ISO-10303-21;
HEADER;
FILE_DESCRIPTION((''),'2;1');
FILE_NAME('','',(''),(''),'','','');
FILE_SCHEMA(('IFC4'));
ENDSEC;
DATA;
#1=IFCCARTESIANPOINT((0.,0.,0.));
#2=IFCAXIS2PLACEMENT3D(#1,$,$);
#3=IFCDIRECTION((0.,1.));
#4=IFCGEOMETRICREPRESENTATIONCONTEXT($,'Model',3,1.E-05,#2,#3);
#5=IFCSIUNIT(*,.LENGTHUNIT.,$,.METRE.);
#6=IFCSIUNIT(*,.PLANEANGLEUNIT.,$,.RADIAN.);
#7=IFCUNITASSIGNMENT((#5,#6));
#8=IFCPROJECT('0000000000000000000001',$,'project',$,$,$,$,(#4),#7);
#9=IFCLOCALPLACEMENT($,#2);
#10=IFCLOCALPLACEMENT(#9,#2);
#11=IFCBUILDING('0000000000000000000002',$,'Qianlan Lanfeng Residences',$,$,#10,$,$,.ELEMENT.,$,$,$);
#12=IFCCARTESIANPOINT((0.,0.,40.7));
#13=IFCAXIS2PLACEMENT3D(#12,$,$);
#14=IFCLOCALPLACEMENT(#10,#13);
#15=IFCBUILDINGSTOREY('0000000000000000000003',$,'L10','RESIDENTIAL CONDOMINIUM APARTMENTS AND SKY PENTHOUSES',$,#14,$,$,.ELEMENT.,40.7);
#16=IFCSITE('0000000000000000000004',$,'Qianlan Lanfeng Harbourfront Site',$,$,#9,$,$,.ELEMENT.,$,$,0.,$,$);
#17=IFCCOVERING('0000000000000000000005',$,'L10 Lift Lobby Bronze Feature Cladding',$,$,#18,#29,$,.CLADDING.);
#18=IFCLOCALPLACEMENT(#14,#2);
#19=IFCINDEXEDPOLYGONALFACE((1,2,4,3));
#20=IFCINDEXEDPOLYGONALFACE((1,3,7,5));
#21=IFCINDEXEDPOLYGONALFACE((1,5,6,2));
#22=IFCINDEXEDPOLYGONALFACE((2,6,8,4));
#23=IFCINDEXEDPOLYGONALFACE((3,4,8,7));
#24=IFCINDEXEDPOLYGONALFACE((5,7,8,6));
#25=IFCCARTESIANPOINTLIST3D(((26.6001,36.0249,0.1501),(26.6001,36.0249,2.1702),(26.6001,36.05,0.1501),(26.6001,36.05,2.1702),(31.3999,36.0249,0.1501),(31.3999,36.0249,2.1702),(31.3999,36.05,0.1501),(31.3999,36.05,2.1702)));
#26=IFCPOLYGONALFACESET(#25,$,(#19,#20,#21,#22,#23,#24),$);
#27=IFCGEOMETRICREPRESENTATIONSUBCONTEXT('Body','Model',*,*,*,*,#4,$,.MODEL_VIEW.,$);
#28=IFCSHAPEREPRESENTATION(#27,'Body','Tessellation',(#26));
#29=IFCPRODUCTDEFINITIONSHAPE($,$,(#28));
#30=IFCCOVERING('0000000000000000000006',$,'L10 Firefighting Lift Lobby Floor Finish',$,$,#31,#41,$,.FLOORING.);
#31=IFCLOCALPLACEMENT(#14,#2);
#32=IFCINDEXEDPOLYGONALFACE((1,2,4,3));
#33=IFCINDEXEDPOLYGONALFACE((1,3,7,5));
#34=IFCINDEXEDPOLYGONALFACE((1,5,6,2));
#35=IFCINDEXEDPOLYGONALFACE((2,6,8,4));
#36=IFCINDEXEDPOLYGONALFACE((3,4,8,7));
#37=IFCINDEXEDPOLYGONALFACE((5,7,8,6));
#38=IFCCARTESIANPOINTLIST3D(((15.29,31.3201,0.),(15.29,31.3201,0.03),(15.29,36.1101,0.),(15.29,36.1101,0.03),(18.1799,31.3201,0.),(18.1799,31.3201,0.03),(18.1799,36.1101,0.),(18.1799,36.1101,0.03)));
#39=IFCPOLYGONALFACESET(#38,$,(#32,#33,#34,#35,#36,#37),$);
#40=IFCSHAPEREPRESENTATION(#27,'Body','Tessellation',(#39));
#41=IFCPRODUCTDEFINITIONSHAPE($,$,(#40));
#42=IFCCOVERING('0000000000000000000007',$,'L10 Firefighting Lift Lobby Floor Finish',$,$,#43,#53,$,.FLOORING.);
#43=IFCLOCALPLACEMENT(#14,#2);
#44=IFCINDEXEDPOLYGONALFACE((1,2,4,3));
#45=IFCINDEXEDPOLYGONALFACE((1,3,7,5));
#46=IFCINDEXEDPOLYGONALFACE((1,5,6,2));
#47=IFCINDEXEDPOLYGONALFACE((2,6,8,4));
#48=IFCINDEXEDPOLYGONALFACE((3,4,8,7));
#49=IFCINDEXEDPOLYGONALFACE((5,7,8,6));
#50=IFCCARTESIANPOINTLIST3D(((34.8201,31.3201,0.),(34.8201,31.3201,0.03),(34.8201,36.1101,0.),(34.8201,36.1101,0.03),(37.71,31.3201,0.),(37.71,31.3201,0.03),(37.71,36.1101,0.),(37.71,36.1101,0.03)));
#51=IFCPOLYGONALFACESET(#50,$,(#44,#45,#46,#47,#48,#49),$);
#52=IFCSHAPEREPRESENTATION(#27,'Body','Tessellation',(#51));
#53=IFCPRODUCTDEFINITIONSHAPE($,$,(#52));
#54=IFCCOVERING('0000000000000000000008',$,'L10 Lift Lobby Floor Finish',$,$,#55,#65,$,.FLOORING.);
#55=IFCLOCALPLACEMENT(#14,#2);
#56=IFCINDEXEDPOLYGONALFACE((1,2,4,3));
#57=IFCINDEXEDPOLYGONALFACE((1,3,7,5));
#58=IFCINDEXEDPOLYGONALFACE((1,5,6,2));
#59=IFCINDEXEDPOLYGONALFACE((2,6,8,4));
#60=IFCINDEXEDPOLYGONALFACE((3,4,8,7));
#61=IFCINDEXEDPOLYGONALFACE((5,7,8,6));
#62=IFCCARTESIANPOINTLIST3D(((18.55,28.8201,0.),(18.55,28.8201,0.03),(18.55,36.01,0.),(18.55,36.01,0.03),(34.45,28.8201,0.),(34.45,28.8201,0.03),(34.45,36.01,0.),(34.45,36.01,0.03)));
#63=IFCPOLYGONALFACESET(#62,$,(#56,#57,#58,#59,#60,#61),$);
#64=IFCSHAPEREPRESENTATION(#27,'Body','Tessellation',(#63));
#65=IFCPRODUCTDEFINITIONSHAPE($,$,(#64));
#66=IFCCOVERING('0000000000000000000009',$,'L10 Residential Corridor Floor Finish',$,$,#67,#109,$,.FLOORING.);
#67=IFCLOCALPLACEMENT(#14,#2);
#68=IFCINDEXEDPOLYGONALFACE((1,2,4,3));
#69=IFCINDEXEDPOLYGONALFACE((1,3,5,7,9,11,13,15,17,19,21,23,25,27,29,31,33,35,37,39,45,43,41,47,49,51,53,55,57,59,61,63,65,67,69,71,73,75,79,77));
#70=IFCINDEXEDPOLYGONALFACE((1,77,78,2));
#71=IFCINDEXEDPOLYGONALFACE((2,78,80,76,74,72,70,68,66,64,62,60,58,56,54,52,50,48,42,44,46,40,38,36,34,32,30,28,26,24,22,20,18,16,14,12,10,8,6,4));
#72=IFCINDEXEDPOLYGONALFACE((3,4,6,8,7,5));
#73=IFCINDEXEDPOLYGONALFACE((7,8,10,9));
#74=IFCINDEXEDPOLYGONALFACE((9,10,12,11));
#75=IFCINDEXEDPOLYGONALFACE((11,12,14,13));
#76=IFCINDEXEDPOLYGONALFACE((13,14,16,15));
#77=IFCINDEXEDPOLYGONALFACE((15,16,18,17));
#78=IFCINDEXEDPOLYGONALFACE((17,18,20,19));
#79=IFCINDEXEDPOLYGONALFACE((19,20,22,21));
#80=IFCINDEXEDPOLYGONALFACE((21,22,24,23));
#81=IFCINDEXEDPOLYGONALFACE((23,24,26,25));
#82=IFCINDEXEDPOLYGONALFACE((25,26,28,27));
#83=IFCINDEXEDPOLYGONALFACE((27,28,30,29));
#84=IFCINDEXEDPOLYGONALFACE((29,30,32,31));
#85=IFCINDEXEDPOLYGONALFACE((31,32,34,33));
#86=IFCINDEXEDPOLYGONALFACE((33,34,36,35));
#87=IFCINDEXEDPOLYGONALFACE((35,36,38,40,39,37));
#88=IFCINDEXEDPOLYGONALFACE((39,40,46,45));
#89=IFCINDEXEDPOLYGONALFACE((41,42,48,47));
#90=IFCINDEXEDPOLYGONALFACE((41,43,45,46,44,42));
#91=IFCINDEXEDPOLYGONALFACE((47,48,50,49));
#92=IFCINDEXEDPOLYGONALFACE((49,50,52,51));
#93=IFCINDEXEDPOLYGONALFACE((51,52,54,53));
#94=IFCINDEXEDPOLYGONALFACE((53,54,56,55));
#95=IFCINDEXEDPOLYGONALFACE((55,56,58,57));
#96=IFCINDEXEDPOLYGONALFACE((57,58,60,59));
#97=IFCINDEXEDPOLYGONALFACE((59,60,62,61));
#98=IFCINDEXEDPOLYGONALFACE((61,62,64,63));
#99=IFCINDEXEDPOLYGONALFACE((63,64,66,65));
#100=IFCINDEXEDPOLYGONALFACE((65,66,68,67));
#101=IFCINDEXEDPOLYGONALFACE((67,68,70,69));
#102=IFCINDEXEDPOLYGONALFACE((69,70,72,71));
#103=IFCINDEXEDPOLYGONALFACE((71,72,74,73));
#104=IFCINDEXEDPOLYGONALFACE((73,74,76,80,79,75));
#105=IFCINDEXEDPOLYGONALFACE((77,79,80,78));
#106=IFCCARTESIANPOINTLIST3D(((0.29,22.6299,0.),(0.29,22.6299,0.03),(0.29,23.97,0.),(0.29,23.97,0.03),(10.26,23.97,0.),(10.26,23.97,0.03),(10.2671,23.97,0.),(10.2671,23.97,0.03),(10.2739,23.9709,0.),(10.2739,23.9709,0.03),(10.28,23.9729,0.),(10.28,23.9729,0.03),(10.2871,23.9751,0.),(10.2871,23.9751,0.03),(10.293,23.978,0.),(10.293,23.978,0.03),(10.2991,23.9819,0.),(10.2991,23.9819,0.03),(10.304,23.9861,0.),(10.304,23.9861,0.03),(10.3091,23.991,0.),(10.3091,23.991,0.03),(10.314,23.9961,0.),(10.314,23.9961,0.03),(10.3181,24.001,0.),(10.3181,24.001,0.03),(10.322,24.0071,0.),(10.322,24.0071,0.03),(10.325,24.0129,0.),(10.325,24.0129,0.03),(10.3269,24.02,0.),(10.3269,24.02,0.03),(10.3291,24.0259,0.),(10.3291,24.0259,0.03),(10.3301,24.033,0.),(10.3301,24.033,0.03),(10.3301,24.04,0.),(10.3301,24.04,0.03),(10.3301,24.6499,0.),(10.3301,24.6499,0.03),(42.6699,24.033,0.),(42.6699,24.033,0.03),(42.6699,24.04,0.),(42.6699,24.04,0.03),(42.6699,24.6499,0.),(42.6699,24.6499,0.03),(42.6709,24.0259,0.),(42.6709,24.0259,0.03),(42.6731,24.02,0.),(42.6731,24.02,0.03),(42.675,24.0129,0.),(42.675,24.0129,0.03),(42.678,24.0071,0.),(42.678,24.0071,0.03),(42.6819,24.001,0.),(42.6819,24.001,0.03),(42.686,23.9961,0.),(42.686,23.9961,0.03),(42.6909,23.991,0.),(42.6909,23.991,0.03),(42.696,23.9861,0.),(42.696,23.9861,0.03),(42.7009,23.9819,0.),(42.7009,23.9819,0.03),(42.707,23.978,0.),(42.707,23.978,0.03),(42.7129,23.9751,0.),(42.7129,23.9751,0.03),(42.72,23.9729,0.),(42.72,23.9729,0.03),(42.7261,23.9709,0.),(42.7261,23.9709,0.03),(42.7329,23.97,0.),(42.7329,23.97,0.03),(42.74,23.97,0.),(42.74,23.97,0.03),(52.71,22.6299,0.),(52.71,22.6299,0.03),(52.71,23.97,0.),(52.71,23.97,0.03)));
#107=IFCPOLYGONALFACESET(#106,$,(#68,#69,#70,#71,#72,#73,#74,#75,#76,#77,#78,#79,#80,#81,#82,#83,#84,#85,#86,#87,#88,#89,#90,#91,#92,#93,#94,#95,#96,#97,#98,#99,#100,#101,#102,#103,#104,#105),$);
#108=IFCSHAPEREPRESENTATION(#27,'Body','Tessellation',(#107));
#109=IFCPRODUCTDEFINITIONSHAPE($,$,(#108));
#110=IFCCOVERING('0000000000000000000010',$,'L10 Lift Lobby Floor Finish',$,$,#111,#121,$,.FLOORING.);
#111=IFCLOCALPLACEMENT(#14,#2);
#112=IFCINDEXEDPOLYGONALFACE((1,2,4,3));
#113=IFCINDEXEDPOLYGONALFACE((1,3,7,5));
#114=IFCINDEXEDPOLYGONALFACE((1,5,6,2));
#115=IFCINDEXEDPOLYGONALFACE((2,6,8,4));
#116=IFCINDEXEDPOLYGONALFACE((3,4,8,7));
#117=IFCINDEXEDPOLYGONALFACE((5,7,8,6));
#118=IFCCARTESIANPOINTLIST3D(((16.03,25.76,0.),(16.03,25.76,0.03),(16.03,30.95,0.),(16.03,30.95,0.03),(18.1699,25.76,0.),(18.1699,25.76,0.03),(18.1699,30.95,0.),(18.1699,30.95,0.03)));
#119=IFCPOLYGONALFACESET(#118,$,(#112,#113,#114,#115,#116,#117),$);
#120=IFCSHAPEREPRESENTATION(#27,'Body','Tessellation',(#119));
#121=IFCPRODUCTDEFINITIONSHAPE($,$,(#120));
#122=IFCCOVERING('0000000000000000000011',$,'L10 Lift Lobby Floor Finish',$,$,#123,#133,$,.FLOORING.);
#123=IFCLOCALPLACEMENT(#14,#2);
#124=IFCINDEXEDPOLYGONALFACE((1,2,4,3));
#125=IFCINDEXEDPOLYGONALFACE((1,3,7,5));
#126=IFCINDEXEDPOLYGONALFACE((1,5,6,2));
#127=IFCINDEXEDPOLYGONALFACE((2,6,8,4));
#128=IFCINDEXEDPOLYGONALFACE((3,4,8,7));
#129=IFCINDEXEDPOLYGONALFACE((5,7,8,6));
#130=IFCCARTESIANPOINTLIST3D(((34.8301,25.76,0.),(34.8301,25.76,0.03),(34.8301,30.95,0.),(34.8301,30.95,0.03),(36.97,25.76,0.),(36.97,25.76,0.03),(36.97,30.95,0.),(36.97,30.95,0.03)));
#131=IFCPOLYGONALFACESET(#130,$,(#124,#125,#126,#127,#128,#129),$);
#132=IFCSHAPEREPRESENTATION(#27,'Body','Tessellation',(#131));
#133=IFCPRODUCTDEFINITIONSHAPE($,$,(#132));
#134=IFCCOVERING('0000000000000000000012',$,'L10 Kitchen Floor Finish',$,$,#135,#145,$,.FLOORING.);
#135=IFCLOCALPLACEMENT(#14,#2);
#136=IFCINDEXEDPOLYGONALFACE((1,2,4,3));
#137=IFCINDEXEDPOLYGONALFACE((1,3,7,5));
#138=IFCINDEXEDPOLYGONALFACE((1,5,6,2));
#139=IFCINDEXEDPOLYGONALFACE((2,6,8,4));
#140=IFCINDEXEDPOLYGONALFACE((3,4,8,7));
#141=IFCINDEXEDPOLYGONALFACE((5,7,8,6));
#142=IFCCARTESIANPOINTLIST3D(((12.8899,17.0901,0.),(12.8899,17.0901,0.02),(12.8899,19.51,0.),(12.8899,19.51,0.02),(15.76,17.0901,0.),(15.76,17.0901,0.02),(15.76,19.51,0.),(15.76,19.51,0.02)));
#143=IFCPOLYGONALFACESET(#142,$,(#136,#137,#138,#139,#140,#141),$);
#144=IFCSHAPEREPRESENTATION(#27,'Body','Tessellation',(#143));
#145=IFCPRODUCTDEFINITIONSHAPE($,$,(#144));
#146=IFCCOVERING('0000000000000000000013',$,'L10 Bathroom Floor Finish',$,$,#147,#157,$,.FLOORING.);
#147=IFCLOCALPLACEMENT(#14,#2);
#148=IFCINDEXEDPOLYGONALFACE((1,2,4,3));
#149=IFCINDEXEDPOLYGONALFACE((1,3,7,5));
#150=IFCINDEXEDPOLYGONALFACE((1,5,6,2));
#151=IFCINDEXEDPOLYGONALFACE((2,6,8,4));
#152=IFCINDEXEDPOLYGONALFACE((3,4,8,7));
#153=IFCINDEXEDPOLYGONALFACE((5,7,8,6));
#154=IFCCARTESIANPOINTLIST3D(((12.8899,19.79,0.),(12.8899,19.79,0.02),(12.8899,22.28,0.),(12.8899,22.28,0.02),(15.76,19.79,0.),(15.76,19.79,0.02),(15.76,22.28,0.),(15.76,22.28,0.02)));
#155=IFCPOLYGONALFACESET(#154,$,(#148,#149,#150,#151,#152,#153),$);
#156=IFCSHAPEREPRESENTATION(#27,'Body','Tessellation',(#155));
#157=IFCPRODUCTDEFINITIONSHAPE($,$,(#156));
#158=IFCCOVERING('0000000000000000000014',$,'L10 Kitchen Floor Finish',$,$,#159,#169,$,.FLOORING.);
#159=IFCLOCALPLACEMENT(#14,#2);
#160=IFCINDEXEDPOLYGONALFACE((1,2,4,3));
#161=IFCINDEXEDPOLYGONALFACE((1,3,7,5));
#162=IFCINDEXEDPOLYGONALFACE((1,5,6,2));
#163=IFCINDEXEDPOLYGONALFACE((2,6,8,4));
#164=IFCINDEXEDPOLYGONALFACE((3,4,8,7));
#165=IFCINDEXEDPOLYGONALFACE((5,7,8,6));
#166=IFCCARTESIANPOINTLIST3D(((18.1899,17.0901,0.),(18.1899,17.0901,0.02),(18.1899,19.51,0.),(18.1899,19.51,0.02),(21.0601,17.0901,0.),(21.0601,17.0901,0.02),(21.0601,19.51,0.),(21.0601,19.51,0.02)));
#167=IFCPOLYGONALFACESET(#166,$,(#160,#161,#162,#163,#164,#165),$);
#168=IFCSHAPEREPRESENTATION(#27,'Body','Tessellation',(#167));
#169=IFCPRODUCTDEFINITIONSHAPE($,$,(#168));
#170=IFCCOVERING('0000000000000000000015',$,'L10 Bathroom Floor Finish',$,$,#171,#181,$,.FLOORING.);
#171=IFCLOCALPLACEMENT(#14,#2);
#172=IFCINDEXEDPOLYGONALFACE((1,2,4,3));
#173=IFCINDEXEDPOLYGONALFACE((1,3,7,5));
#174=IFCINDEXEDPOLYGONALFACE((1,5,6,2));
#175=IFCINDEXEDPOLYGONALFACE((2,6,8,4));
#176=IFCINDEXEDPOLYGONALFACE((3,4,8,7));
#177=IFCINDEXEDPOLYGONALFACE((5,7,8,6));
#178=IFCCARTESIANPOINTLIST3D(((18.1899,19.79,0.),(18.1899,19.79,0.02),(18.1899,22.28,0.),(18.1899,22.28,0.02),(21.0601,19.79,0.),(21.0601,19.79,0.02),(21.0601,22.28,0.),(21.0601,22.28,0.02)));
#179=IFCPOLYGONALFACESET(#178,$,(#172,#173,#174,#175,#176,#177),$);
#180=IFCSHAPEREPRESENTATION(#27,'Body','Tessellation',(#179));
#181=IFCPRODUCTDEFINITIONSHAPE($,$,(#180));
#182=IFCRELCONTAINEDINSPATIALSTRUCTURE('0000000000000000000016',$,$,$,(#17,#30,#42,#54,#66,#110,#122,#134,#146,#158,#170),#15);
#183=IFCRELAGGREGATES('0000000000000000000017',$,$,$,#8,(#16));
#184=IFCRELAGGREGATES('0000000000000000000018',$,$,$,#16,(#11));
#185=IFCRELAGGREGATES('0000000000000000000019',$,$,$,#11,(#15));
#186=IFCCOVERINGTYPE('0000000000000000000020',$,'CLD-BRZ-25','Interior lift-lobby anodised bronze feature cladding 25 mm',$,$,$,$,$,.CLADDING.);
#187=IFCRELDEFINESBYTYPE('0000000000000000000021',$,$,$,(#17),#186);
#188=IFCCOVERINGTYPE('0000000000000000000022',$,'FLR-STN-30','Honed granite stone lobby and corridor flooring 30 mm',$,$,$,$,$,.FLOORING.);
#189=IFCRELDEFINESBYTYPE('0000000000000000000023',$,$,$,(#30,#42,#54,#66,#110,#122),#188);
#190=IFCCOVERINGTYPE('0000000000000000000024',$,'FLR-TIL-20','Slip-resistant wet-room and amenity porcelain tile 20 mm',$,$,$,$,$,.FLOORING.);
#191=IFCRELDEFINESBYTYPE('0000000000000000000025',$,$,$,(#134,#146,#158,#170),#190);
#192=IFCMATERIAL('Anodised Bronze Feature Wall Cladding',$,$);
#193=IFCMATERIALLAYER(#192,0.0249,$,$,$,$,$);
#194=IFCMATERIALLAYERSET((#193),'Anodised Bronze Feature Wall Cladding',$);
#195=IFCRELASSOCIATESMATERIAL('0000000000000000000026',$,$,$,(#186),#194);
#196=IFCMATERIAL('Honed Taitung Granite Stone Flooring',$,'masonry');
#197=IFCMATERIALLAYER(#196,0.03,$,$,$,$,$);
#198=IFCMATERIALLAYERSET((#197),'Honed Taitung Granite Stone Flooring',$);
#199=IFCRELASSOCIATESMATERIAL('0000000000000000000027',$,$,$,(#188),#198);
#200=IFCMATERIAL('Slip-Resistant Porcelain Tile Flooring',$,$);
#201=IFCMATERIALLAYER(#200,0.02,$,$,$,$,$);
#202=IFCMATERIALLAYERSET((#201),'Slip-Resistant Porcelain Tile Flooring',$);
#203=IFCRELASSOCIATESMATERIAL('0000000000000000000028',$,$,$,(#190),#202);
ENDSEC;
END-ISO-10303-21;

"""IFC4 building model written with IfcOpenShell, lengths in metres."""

from ifc_helpers import new_model, si_unit, direction, frame, origin, place, context, subcontext, project, spatial, polyline, outline, extrude, material, layer, layer_set, type_object, element, save


model = new_model("IFC4")

# Units and contexts
model_context = context("Model", 3, precision=1e-05, world=origin(), true_north=direction((0.0, 1.0)))
body_context = subcontext(model_context, "Body", "Model", "MODEL_VIEW")
ifc_project = project(units=[si_unit("LENGTHUNIT", "METRE"), si_unit("PLANEANGLEUNIT", "RADIAN")], contexts=[model_context])

# Site, building, storey
site_placement = place(None, origin())
site = spatial("IfcSite", under=ifc_project, at=site_placement, Name="Qianlan Lanfeng Harbourfront Site", CompositionType="ELEMENT", RefElevation=0.0)
building_placement = place(site_placement, origin())
building = spatial("IfcBuilding", under=site, at=building_placement, Name="Qianlan Lanfeng Residences", CompositionType="ELEMENT")
storey_placement = place(building_placement, frame((0.0, 0.0, 40.7)))
storey = spatial("IfcBuildingStorey", under=building, at=storey_placement, Name="L10", Description="RESIDENTIAL CONDOMINIUM APARTMENTS AND SKY PENTHOUSES", CompositionType="ELEMENT", Elevation=40.7)

# Coverings
ifc_material_1 = material(Name="Anodised Bronze Feature Wall Cladding")
ifc_layer_1 = layer(ifc_material_1, 0.0249)
ifc_layer_set_1 = layer_set([ifc_layer_1], Name="Anodised Bronze Feature Wall Cladding")
covering_type_1 = type_object("IfcCoveringType", Name="CLD-BRZ-25", Description="Interior lift-lobby anodised bronze feature cladding 25 mm", PredefinedType="CLADDING", material=ifc_layer_set_1)
covering_1_placement = place(storey_placement, frame((0.0, 0.0, 0.1501)))
element("IfcCovering", 1, at=covering_1_placement, inside=storey, type_object=covering_type_1, Name="L10 Lift Lobby Bronze Feature Cladding", PredefinedType="CLADDING", context=body_context, shape_type="SweptSolid", body=[
    extrude(outline(polyline([(26.6001, 36.0249), (31.3999, 36.0249), (31.3999, 36.05), (26.6001, 36.05), (26.6001, 36.0249)])), origin(), (0.0, 0.0, 1.0), 2.02),
])
ifc_material_2 = material(Name="Honed Taitung Granite Stone Flooring", Category="masonry")
ifc_layer_2 = layer(ifc_material_2, 0.03)
ifc_layer_set_2 = layer_set([ifc_layer_2], Name="Honed Taitung Granite Stone Flooring")
covering_type_2 = type_object("IfcCoveringType", Name="FLR-STN-30", Description="Honed granite stone lobby and corridor flooring 30 mm", PredefinedType="FLOORING", material=ifc_layer_set_2)
covering_2_placement = place(storey_placement, origin())
element("IfcCovering", 2, at=covering_2_placement, inside=storey, type_object=covering_type_2, Name="L10 Firefighting Lift Lobby Floor Finish", PredefinedType="FLOORING", context=body_context, shape_type="SweptSolid", body=[
    extrude(outline(polyline([(15.29, 31.3201), (18.1799, 31.3201), (18.1799, 36.1101), (15.29, 36.1101), (15.29, 31.3201)])), origin(), (0.0, 0.0, 1.0), 0.03),
])
covering_3_placement = place(storey_placement, origin())
element("IfcCovering", 3, at=covering_3_placement, inside=storey, type_object=covering_type_2, Name="L10 Firefighting Lift Lobby Floor Finish", PredefinedType="FLOORING", context=body_context, shape_type="SweptSolid", body=[
    extrude(outline(polyline([(34.8201, 31.3201), (37.71, 31.3201), (37.71, 36.1101), (34.8201, 36.1101), (34.8201, 31.3201)])), origin(), (0.0, 0.0, 1.0), 0.03),
])
covering_4_placement = place(storey_placement, origin())
element("IfcCovering", 4, at=covering_4_placement, inside=storey, type_object=covering_type_2, Name="L10 Lift Lobby Floor Finish", PredefinedType="FLOORING", context=body_context, shape_type="SweptSolid", body=[
    extrude(outline(polyline([(18.55, 28.8201), (34.45, 28.8201), (34.45, 36.01), (18.55, 36.01), (18.55, 28.8201)])), origin(), (0.0, 0.0, 1.0), 0.03),
])
covering_5_placement = place(storey_placement, origin())
element("IfcCovering", 5, at=covering_5_placement, inside=storey, type_object=covering_type_2, Name="L10 Residential Corridor Floor Finish", PredefinedType="FLOORING", context=body_context, shape_type="SweptSolid", body=[
    extrude(outline(polyline([(0.29, 22.6299), (52.71, 22.6299), (52.71, 23.97), (42.74, 23.97), (42.7329, 23.97), (42.7261, 23.9709), (42.72, 23.9729), (42.7129, 23.9751), (42.707, 23.978), (42.7009, 23.9819), (42.696, 23.9861), (42.6909, 23.991), (42.686, 23.9961), (42.6819, 24.001), (42.678, 24.0071), (42.675, 24.0129), (42.6731, 24.02), (42.6709, 24.0259), (42.6699, 24.033), (42.6699, 24.04), (42.6699, 24.6499), (10.3301, 24.6499), (10.3301, 24.04), (10.3301, 24.033), (10.3291, 24.0259), (10.3269, 24.02), (10.325, 24.0129), (10.322, 24.0071), (10.3181, 24.001), (10.314, 23.9961), (10.3091, 23.991), (10.304, 23.9861), (10.2991, 23.9819), (10.293, 23.978), (10.2871, 23.9751), (10.28, 23.9729), (10.2739, 23.9709), (10.2671, 23.97), (10.26, 23.97), (0.29, 23.97), (0.29, 22.6299)])), origin(), (0.0, 0.0, 1.0), 0.03),
])
covering_6_placement = place(storey_placement, origin())
element("IfcCovering", 6, at=covering_6_placement, inside=storey, type_object=covering_type_2, Name="L10 Lift Lobby Floor Finish", PredefinedType="FLOORING", context=body_context, shape_type="SweptSolid", body=[
    extrude(outline(polyline([(16.03, 25.76), (18.1699, 25.76), (18.1699, 30.95), (16.03, 30.95), (16.03, 25.76)])), origin(), (0.0, 0.0, 1.0), 0.03),
])
covering_7_placement = place(storey_placement, origin())
element("IfcCovering", 7, at=covering_7_placement, inside=storey, type_object=covering_type_2, Name="L10 Lift Lobby Floor Finish", PredefinedType="FLOORING", context=body_context, shape_type="SweptSolid", body=[
    extrude(outline(polyline([(34.8301, 25.76), (36.97, 25.76), (36.97, 30.95), (34.8301, 30.95), (34.8301, 25.76)])), origin(), (0.0, 0.0, 1.0), 0.03),
])
ifc_material_3 = material(Name="Slip-Resistant Porcelain Tile Flooring")
ifc_layer_3 = layer(ifc_material_3, 0.02)
ifc_layer_set_3 = layer_set([ifc_layer_3], Name="Slip-Resistant Porcelain Tile Flooring")
covering_type_3 = type_object("IfcCoveringType", Name="FLR-TIL-20", Description="Slip-resistant wet-room and amenity porcelain tile 20 mm", PredefinedType="FLOORING", material=ifc_layer_set_3)
covering_8_placement = place(storey_placement, origin())
element("IfcCovering", 8, at=covering_8_placement, inside=storey, type_object=covering_type_3, Name="L10 Kitchen Floor Finish", PredefinedType="FLOORING", context=body_context, shape_type="SweptSolid", body=[
    extrude(outline(polyline([(12.8899, 17.0901), (15.76, 17.0901), (15.76, 19.51), (12.8899, 19.51), (12.8899, 17.0901)])), origin(), (0.0, 0.0, 1.0), 0.02),
])
covering_9_placement = place(storey_placement, origin())
element("IfcCovering", 9, at=covering_9_placement, inside=storey, type_object=covering_type_3, Name="L10 Bathroom Floor Finish", PredefinedType="FLOORING", context=body_context, shape_type="SweptSolid", body=[
    extrude(outline(polyline([(12.8899, 19.79), (15.76, 19.79), (15.76, 22.28), (12.8899, 22.28), (12.8899, 19.79)])), origin(), (0.0, 0.0, 1.0), 0.02),
])
covering_10_placement = place(storey_placement, origin())
element("IfcCovering", 10, at=covering_10_placement, inside=storey, type_object=covering_type_3, Name="L10 Kitchen Floor Finish", PredefinedType="FLOORING", context=body_context, shape_type="SweptSolid", body=[
    extrude(outline(polyline([(18.1899, 17.0901), (21.0601, 17.0901), (21.0601, 19.51), (18.1899, 19.51), (18.1899, 17.0901)])), origin(), (0.0, 0.0, 1.0), 0.02),
])
covering_11_placement = place(storey_placement, origin())
element("IfcCovering", 11, at=covering_11_placement, inside=storey, type_object=covering_type_3, Name="L10 Bathroom Floor Finish", PredefinedType="FLOORING", context=body_context, shape_type="SweptSolid", body=[
    extrude(outline(polyline([(18.1899, 19.79), (21.0601, 19.79), (21.0601, 22.28), (18.1899, 22.28), (18.1899, 19.79)])), origin(), (0.0, 0.0, 1.0), 0.02),
])

save(model, "model.ifc")
